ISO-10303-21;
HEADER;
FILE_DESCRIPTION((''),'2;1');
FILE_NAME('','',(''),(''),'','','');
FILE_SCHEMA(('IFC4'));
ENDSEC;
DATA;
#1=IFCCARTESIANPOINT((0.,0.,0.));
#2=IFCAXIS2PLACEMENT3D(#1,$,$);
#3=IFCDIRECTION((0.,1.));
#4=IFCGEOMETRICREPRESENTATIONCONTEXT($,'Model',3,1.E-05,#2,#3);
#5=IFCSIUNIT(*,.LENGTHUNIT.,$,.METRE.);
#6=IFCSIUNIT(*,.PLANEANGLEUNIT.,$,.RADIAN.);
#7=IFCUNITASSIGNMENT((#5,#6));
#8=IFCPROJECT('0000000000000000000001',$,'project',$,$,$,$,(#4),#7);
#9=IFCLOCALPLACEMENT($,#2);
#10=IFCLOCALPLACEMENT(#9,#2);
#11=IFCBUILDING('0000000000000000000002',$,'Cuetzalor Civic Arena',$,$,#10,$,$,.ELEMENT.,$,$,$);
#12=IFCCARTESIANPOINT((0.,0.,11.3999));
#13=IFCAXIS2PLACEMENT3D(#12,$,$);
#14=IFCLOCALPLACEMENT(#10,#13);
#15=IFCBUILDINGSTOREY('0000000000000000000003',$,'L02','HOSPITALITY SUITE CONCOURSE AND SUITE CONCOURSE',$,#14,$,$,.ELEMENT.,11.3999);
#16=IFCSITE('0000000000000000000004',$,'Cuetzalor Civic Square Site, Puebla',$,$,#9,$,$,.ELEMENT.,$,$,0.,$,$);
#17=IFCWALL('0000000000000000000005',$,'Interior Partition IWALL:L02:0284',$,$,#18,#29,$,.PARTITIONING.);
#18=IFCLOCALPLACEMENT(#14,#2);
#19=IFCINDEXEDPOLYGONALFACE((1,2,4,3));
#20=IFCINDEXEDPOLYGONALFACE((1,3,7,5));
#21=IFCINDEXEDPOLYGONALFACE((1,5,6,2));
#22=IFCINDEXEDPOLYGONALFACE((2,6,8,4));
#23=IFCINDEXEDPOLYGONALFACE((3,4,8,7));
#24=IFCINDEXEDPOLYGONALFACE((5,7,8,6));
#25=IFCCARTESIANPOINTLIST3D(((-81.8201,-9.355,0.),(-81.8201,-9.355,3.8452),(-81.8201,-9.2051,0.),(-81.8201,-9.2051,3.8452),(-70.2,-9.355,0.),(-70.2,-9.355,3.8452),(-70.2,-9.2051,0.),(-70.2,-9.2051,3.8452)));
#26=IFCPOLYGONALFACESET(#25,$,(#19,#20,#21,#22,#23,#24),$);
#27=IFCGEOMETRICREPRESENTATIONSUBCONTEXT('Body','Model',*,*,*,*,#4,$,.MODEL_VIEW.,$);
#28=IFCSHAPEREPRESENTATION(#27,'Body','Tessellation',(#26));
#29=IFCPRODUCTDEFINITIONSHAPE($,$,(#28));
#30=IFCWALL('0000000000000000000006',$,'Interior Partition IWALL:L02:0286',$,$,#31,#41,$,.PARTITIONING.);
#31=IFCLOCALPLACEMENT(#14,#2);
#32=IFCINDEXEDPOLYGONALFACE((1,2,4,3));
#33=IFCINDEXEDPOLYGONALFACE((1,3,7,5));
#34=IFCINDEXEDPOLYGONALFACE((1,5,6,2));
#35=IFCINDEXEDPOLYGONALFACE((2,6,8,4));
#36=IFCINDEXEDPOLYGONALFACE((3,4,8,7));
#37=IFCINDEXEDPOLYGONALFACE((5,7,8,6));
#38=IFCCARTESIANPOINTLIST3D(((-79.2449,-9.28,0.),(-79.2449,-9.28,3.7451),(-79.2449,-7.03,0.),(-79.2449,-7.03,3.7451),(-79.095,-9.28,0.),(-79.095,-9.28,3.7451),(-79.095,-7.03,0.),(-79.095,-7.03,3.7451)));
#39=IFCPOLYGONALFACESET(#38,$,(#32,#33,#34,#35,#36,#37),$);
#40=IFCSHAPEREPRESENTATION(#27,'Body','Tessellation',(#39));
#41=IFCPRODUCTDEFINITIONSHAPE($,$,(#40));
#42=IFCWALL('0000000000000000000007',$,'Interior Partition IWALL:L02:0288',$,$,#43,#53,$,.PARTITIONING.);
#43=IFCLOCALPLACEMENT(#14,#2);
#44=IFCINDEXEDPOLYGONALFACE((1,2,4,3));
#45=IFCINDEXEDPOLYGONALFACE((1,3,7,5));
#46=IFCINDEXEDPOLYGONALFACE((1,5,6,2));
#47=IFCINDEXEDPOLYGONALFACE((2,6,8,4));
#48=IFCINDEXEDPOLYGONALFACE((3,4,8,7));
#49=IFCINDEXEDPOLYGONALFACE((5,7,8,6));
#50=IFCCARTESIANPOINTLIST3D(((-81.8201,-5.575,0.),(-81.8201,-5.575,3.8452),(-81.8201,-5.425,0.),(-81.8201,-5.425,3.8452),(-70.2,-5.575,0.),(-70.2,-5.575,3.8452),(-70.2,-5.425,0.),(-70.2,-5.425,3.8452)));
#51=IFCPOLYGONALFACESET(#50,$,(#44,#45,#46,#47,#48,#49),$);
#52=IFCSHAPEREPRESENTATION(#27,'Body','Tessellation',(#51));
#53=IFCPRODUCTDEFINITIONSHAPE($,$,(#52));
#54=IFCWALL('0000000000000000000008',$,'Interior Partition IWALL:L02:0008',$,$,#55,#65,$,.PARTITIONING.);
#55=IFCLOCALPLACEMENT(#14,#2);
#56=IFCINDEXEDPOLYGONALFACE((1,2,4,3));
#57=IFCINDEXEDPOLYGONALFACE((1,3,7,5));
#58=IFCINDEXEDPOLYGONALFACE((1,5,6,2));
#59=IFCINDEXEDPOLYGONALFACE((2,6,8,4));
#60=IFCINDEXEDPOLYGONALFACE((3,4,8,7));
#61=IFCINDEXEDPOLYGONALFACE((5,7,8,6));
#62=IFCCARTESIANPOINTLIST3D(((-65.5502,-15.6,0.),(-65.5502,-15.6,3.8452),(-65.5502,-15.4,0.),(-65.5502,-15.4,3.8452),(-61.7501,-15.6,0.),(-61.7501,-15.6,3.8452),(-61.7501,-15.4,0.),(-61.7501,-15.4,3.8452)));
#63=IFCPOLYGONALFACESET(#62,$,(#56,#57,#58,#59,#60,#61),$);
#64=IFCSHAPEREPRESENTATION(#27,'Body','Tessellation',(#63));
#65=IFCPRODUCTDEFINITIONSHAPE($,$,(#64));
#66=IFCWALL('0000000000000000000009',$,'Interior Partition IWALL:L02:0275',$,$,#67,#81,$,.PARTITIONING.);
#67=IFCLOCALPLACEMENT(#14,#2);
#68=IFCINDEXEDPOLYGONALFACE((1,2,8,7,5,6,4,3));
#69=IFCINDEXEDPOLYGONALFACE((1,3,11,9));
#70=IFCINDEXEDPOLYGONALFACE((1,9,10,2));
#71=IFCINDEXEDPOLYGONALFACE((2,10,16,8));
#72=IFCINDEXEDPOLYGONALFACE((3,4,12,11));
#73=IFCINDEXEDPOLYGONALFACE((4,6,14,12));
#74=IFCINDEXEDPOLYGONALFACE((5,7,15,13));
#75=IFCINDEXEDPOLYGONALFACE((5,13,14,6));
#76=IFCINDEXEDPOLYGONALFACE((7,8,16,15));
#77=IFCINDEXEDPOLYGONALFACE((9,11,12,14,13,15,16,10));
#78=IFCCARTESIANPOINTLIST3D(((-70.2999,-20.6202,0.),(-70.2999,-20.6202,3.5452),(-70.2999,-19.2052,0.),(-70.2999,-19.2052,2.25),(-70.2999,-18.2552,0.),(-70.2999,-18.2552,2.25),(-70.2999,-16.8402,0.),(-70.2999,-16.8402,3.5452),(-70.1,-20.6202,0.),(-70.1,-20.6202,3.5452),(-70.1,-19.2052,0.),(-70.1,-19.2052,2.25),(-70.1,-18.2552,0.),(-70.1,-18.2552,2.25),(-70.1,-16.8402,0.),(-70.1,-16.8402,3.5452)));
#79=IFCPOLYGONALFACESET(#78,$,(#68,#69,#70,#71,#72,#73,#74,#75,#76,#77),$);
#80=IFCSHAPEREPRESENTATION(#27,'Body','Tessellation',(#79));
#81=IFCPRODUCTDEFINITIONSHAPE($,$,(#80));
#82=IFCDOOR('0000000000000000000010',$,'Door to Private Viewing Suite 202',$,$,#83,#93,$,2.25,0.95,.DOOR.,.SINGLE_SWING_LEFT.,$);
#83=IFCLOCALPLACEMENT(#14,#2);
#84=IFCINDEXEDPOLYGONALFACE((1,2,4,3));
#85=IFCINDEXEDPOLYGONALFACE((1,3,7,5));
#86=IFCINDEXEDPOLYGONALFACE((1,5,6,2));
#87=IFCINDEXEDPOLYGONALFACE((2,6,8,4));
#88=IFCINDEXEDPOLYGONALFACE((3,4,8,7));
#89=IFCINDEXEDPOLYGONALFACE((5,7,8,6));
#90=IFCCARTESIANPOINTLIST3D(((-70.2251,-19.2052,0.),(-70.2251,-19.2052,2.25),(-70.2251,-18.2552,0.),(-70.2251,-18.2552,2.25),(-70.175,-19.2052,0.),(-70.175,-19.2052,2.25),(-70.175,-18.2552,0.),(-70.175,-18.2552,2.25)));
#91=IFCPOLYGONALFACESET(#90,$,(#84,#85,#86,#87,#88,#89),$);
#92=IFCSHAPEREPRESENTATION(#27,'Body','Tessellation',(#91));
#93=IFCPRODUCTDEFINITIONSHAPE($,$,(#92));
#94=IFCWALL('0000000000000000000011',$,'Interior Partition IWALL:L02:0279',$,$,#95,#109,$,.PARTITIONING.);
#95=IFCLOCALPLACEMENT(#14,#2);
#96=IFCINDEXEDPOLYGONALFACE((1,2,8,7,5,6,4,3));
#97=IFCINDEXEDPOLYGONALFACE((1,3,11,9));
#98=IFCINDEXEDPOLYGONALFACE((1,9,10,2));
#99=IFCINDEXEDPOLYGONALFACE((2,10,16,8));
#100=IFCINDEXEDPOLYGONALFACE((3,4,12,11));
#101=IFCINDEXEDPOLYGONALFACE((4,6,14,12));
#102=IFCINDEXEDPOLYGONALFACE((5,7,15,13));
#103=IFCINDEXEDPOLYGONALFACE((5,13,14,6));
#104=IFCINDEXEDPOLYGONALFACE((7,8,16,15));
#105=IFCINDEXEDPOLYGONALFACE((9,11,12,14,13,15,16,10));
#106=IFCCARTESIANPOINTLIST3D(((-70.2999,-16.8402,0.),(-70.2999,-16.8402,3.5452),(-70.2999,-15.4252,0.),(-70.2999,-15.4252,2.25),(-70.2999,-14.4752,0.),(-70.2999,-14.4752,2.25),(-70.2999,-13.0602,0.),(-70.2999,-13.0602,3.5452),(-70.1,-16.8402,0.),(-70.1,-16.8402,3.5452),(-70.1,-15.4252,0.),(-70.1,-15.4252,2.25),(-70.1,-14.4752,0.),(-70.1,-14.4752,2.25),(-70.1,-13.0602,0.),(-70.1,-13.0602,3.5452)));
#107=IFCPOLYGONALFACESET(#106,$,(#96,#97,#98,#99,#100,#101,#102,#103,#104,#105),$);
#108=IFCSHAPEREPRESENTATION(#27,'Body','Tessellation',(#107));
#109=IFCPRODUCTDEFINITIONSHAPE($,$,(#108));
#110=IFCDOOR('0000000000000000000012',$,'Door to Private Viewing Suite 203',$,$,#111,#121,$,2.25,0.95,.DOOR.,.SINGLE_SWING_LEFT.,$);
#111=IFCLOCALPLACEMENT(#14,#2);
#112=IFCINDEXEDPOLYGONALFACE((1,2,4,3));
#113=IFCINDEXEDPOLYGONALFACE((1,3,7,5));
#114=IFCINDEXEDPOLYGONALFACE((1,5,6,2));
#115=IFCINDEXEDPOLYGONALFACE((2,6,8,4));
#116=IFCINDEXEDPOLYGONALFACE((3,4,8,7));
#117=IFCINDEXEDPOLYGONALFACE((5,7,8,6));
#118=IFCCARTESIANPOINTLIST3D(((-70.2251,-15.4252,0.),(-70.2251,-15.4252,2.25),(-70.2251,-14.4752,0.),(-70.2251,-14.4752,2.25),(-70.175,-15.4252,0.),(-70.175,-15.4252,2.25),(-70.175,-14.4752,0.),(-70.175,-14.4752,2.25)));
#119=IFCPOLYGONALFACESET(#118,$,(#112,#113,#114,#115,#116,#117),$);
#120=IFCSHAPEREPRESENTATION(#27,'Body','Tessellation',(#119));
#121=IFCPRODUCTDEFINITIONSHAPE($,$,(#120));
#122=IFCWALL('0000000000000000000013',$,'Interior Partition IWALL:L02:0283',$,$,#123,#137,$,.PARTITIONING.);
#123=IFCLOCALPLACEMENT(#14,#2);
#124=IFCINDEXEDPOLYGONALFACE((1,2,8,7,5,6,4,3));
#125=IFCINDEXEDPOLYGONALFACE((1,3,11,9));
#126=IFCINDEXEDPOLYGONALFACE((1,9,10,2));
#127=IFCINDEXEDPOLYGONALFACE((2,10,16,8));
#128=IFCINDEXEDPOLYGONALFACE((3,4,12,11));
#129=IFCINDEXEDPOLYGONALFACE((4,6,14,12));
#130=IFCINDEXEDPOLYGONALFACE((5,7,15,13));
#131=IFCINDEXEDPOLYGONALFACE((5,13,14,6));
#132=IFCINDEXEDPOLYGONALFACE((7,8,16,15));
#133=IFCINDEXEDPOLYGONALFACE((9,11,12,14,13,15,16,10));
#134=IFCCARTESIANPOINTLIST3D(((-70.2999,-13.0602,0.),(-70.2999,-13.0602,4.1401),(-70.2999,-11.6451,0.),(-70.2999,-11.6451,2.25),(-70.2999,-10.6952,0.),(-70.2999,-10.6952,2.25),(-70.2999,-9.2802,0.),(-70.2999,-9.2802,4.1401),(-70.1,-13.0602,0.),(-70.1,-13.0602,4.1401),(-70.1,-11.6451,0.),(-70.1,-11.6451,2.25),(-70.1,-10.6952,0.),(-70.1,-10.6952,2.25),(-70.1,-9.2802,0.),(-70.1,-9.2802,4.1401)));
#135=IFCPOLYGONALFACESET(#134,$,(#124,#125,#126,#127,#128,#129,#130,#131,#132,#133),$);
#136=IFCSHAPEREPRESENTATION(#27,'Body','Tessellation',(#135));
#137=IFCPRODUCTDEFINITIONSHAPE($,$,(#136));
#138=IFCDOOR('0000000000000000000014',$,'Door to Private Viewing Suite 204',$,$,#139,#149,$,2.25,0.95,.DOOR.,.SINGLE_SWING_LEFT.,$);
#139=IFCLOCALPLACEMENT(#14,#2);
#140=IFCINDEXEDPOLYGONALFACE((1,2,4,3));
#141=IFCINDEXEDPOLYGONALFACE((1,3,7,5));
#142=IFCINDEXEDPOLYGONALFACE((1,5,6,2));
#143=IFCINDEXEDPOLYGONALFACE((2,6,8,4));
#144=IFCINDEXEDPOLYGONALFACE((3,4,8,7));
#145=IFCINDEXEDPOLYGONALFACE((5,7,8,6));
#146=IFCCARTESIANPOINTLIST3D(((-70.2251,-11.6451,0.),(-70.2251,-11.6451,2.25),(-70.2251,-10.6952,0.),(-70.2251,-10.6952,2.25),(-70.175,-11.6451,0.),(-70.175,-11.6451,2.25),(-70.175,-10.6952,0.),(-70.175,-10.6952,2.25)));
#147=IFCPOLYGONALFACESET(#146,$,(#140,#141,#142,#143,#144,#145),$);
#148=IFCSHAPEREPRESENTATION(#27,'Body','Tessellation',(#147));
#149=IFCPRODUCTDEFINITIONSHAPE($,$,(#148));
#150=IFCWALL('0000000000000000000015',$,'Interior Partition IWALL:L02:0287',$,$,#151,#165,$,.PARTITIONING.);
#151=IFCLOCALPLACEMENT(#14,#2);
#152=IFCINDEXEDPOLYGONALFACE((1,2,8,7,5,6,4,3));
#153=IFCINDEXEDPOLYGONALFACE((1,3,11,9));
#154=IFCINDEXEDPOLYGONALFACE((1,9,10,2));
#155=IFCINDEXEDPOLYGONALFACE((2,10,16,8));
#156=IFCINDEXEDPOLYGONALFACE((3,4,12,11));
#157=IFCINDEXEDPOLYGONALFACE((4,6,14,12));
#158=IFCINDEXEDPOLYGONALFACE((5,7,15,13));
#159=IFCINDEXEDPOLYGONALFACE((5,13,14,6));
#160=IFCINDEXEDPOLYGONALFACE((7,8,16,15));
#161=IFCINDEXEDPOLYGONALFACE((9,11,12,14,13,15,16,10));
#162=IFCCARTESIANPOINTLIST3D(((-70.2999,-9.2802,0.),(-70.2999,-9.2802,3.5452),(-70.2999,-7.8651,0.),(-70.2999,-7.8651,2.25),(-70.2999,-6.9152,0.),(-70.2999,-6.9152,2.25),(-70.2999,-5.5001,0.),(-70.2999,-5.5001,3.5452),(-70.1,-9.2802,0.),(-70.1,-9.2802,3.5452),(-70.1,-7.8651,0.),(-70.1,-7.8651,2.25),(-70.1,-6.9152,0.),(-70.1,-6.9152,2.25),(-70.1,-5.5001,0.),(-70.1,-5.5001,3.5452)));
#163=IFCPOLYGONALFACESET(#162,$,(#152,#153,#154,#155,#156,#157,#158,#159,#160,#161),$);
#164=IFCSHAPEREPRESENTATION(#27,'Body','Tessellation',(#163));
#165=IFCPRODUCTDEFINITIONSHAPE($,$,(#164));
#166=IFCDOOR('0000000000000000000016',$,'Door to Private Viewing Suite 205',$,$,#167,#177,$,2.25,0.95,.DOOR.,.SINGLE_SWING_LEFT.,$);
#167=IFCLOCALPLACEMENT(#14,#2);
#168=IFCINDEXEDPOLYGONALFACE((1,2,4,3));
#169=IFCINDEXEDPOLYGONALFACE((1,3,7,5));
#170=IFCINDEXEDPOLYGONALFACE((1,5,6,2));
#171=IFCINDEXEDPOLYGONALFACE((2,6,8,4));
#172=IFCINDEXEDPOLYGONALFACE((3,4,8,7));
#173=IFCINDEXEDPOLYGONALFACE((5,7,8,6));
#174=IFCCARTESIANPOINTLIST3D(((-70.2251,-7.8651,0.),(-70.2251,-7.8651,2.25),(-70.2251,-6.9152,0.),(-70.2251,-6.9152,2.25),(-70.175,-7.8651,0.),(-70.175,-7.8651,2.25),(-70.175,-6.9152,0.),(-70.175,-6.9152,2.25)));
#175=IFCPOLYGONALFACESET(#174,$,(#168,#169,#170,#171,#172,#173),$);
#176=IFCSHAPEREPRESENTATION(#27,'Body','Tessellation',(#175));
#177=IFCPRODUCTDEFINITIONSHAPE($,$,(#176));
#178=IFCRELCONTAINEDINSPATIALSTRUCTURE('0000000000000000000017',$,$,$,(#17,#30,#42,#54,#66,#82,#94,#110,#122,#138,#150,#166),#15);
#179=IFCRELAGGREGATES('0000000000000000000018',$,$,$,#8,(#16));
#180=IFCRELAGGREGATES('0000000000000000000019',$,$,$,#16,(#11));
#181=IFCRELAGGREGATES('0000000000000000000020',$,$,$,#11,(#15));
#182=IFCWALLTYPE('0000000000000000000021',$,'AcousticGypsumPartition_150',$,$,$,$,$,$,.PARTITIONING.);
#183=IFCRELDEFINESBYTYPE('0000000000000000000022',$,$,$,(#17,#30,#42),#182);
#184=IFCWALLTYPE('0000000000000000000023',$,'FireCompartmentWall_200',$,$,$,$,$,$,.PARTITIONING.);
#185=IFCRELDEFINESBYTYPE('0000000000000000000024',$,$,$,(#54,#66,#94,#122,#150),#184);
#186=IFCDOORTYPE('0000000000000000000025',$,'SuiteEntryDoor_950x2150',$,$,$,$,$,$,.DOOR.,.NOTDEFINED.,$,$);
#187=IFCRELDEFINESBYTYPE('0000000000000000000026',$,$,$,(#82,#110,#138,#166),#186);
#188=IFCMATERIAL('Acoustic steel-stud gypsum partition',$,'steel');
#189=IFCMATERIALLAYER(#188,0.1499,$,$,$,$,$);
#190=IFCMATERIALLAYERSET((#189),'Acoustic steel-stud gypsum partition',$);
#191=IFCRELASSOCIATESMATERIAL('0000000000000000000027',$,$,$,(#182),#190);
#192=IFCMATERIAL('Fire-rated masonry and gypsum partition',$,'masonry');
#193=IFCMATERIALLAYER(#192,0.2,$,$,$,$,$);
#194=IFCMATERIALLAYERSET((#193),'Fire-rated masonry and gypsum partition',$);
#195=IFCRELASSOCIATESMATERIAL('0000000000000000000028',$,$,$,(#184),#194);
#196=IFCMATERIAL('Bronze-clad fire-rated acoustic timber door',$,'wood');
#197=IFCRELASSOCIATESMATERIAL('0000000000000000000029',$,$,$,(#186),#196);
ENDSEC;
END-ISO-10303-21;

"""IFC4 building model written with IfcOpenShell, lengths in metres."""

from ifc_helpers import new_model, si_unit, direction, frame, frame_2d, origin, place, context, subcontext, project, spatial, rectangle, extrude, material, layer, layer_set, type_object, element, fill, save


model = new_model("IFC4")

# Units and contexts
model_context = context("Model", 3, precision=1e-05, world=origin(), true_north=direction((0.0, 1.0)))
body_context = subcontext(model_context, "Body", "Model", "MODEL_VIEW")
ifc_project = project(units=[si_unit("LENGTHUNIT", "METRE"), si_unit("PLANEANGLEUNIT", "RADIAN")], contexts=[model_context])

# Site, building, storey
site_placement = place(None, origin())
site = spatial("IfcSite", under=ifc_project, at=site_placement, Name="Cuetzalor Civic Square Site, Puebla", CompositionType="ELEMENT", RefElevation=0.0)
building_placement = place(site_placement, origin())
building = spatial("IfcBuilding", under=site, at=building_placement, Name="Cuetzalor Civic Arena", CompositionType="ELEMENT")
storey_placement = place(building_placement, frame((0.0, 0.0, 11.3999)))
storey = spatial("IfcBuildingStorey", under=building, at=storey_placement, Name="L02", Description="HOSPITALITY SUITE CONCOURSE AND SUITE CONCOURSE", CompositionType="ELEMENT", Elevation=11.3999)

# Wall
ifc_material_1 = material(Name="Acoustic steel-stud gypsum partition", Category="steel")
ifc_layer_1 = layer(ifc_material_1, 0.1499)
ifc_layer_set_1 = layer_set([ifc_layer_1], Name="Acoustic steel-stud gypsum partition")
wall_type_1 = type_object("IfcWallType", Name="AcousticGypsumPartition_150", PredefinedType="PARTITIONING", material=ifc_layer_set_1)
wall_1_placement = place(storey_placement, frame((-81.8201, -9.28, 0.0), z_axis=(0.0, 0.0, 1.0), x_axis=(1.0, 0.0, 0.0)))
element("IfcWall", 1, at=wall_1_placement, inside=storey, type_object=wall_type_1, Name="Interior Partition IWALL:L02:0284", PredefinedType="PARTITIONING", context=body_context, shape_type="SweptSolid", body=[
    extrude(rectangle(XDim=11.6201, YDim=0.1499, at=frame_2d((5.8101, 0.0))), origin(), (0.0, 0.0, 1.0), 3.8452),
])

# Walls
wall_2_placement = place(storey_placement, frame((-79.1699, -7.03, 0.0), z_axis=(0.0, 0.0, 1.0), x_axis=(0.0, -1.0, 0.0)))
element("IfcWall", 2, at=wall_2_placement, inside=storey, type_object=wall_type_1, Name="Interior Partition IWALL:L02:0286", PredefinedType="PARTITIONING", context=body_context, shape_type="SweptSolid", body=[
    extrude(rectangle(XDim=2.25, YDim=0.1499, at=frame_2d((1.125, 0.0))), origin(), (0.0, 0.0, 1.0), 3.7451),
])
wall_3_placement = place(storey_placement, frame((-81.8201, -5.5, 0.0), z_axis=(0.0, 0.0, 1.0), x_axis=(1.0, 0.0, 0.0)))
element("IfcWall", 3, at=wall_3_placement, inside=storey, type_object=wall_type_1, Name="Interior Partition IWALL:L02:0288", PredefinedType="PARTITIONING", context=body_context, shape_type="SweptSolid", body=[
    extrude(rectangle(XDim=11.6201, YDim=0.1499, at=frame_2d((5.8101, 0.0))), origin(), (0.0, 0.0, 1.0), 3.8452),
])
ifc_material_2 = material(Name="Fire-rated masonry and gypsum partition", Category="masonry")
ifc_layer_2 = layer(ifc_material_2, 0.2)
ifc_layer_set_2 = layer_set([ifc_layer_2], Name="Fire-rated masonry and gypsum partition")
wall_type_2 = type_object("IfcWallType", Name="FireCompartmentWall_200", PredefinedType="PARTITIONING", material=ifc_layer_set_2)
wall_4_placement = place(storey_placement, frame((-65.55, -15.5, 0.0), z_axis=(0.0, 0.0, 1.0), x_axis=(1.0, 0.0, 0.0)))
element("IfcWall", 4, at=wall_4_placement, inside=storey, type_object=wall_type_2, Name="Interior Partition IWALL:L02:0008", PredefinedType="PARTITIONING", context=body_context, shape_type="SweptSolid", body=[
    extrude(rectangle(XDim=3.8, YDim=0.2, at=frame_2d((1.8999, 0.0))), origin(), (0.0, 0.0, 1.0), 3.8452),
])

# Walls, openings, doors
wall_5_placement = place(storey_placement, frame((-70.2, -16.8401, 0.0), z_axis=(0.0, 0.0, 1.0), x_axis=(0.0, -1.0, 0.0)))
wall_5 = element("IfcWall", 5, at=wall_5_placement, inside=storey, type_object=wall_type_2, Name="Interior Partition IWALL:L02:0275", PredefinedType="PARTITIONING", context=body_context, shape_type="SweptSolid", body=[
    extrude(rectangle(XDim=3.78, YDim=0.2, at=frame_2d((1.8901, 0.0))), origin(), (0.0, 0.0, 1.0), 3.5452),
])
opening_1_placement = place(wall_5_placement, frame((1.415, 0.0, 0.0)))
opening_1 = element("IfcOpeningElement", 6, at=opening_1_placement, cuts=wall_5, PredefinedType="OPENING", context=body_context, shape_type="SweptSolid", body=[
    extrude(rectangle(XDim=0.95, YDim=2.25, at=frame_2d((0.4751, 1.125))), frame((0.0, 0.1099, 0.0), z_axis=(0.0, -1.0, 0.0), x_axis=(1.0, 0.0, 0.0)), (0.0, 0.0, 1.0), 0.22),
])
ifc_material_3 = material(Name="Bronze-clad fire-rated acoustic timber door", Category="wood")
door_type_1 = type_object("IfcDoorType", Name="SuiteEntryDoor_950x2150", OperationType="NOTDEFINED", PredefinedType="DOOR", material=ifc_material_3)
door_1_placement = place(opening_1_placement, origin())
door_1 = element("IfcDoor", 7, at=door_1_placement, inside=storey, type_object=door_type_1, Name="Door to Private Viewing Suite 202", OperationType="SINGLE_SWING_LEFT", OverallHeight=2.25, OverallWidth=0.95, PredefinedType="DOOR", context=body_context, shape_type="SweptSolid", body=[
    extrude(rectangle(XDim=0.95, YDim=2.25, at=frame_2d((0.4751, 1.125))), frame((0.0, 0.0249, 0.0), z_axis=(0.0, -1.0, 0.0), x_axis=(1.0, 0.0, 0.0)), (0.0, 0.0, 1.0), 0.05),
])
fill(opening_1, door_1)
wall_6_placement = place(storey_placement, frame((-70.2, -13.0601, 0.0), z_axis=(0.0, 0.0, 1.0), x_axis=(0.0, -1.0, 0.0)))
wall_6 = element("IfcWall", 8, at=wall_6_placement, inside=storey, type_object=wall_type_2, Name="Interior Partition IWALL:L02:0279", PredefinedType="PARTITIONING", context=body_context, shape_type="SweptSolid", body=[
    extrude(rectangle(XDim=3.78, YDim=0.2, at=frame_2d((1.8901, 0.0))), origin(), (0.0, 0.0, 1.0), 3.5452),
])
opening_2_placement = place(wall_6_placement, frame((1.415, 0.0, 0.0)))
opening_2 = element("IfcOpeningElement", 9, at=opening_2_placement, cuts=wall_6, PredefinedType="OPENING", context=body_context, shape_type="SweptSolid", body=[
    extrude(rectangle(XDim=0.95, YDim=2.25, at=frame_2d((0.4751, 1.125))), frame((0.0, 0.1099, 0.0), z_axis=(0.0, -1.0, 0.0), x_axis=(1.0, 0.0, 0.0)), (0.0, 0.0, 1.0), 0.22),
])
door_2_placement = place(opening_2_placement, origin())
door_2 = element("IfcDoor", 10, at=door_2_placement, inside=storey, type_object=door_type_1, Name="Door to Private Viewing Suite 203", OperationType="SINGLE_SWING_LEFT", OverallHeight=2.25, OverallWidth=0.95, PredefinedType="DOOR", context=body_context, shape_type="SweptSolid", body=[
    extrude(rectangle(XDim=0.95, YDim=2.25, at=frame_2d((0.4751, 1.125))), frame((0.0, 0.0249, 0.0), z_axis=(0.0, -1.0, 0.0), x_axis=(1.0, 0.0, 0.0)), (0.0, 0.0, 1.0), 0.05),
])
fill(opening_2, door_2)
wall_7_placement = place(storey_placement, frame((-70.2, -9.28, 0.0), z_axis=(0.0, 0.0, 1.0), x_axis=(0.0, -1.0, 0.0)))
wall_7 = element("IfcWall", 11, at=wall_7_placement, inside=storey, type_object=wall_type_2, Name="Interior Partition IWALL:L02:0283", PredefinedType="PARTITIONING", context=body_context, shape_type="SweptSolid", body=[
    extrude(rectangle(XDim=3.78, YDim=0.2, at=frame_2d((1.8901, 0.0))), origin(), (0.0, 0.0, 1.0), 4.1401),
])
opening_3_placement = place(wall_7_placement, frame((1.415, 0.0, 0.0)))
opening_3 = element("IfcOpeningElement", 12, at=opening_3_placement, cuts=wall_7, PredefinedType="OPENING", context=body_context, shape_type="SweptSolid", body=[
    extrude(rectangle(XDim=0.95, YDim=2.25, at=frame_2d((0.4751, 1.125))), frame((0.0, 0.1099, 0.0), z_axis=(0.0, -1.0, 0.0), x_axis=(1.0, 0.0, 0.0)), (0.0, 0.0, 1.0), 0.22),
])
door_3_placement = place(opening_3_placement, origin())
door_3 = element("IfcDoor", 13, at=door_3_placement, inside=storey, type_object=door_type_1, Name="Door to Private Viewing Suite 204", OperationType="SINGLE_SWING_LEFT", OverallHeight=2.25, OverallWidth=0.95, PredefinedType="DOOR", context=body_context, shape_type="SweptSolid", body=[
    extrude(rectangle(XDim=0.95, YDim=2.25, at=frame_2d((0.4751, 1.125))), frame((0.0, 0.0249, 0.0), z_axis=(0.0, -1.0, 0.0), x_axis=(1.0, 0.0, 0.0)), (0.0, 0.0, 1.0), 0.05),
])
fill(opening_3, door_3)
wall_8_placement = place(storey_placement, frame((-70.2, -5.5, 0.0), z_axis=(0.0, 0.0, 1.0), x_axis=(0.0, -1.0, 0.0)))
wall_8 = element("IfcWall", 14, at=wall_8_placement, inside=storey, type_object=wall_type_2, Name="Interior Partition IWALL:L02:0287", PredefinedType="PARTITIONING", context=body_context, shape_type="SweptSolid", body=[
    extrude(rectangle(XDim=3.78, YDim=0.2, at=frame_2d((1.8901, 0.0))), origin(), (0.0, 0.0, 1.0), 3.5452),
])
opening_4_placement = place(wall_8_placement, frame((1.415, 0.0, 0.0)))
opening_4 = element("IfcOpeningElement", 15, at=opening_4_placement, cuts=wall_8, PredefinedType="OPENING", context=body_context, shape_type="SweptSolid", body=[
    extrude(rectangle(XDim=0.95, YDim=2.25, at=frame_2d((0.4751, 1.125))), frame((0.0, 0.1099, 0.0), z_axis=(0.0, -1.0, 0.0), x_axis=(1.0, 0.0, 0.0)), (0.0, 0.0, 1.0), 0.22),
])
door_4_placement = place(opening_4_placement, origin())
door_4 = element("IfcDoor", 16, at=door_4_placement, inside=storey, type_object=door_type_1, Name="Door to Private Viewing Suite 205", OperationType="SINGLE_SWING_LEFT", OverallHeight=2.25, OverallWidth=0.95, PredefinedType="DOOR", context=body_context, shape_type="SweptSolid", body=[
    extrude(rectangle(XDim=0.95, YDim=2.25, at=frame_2d((0.4751, 1.125))), frame((0.0, 0.0249, 0.0), z_axis=(0.0, -1.0, 0.0), x_axis=(1.0, 0.0, 0.0)), (0.0, 0.0, 1.0), 0.05),
])
fill(opening_4, door_4)

save(model, "model.ifc")
